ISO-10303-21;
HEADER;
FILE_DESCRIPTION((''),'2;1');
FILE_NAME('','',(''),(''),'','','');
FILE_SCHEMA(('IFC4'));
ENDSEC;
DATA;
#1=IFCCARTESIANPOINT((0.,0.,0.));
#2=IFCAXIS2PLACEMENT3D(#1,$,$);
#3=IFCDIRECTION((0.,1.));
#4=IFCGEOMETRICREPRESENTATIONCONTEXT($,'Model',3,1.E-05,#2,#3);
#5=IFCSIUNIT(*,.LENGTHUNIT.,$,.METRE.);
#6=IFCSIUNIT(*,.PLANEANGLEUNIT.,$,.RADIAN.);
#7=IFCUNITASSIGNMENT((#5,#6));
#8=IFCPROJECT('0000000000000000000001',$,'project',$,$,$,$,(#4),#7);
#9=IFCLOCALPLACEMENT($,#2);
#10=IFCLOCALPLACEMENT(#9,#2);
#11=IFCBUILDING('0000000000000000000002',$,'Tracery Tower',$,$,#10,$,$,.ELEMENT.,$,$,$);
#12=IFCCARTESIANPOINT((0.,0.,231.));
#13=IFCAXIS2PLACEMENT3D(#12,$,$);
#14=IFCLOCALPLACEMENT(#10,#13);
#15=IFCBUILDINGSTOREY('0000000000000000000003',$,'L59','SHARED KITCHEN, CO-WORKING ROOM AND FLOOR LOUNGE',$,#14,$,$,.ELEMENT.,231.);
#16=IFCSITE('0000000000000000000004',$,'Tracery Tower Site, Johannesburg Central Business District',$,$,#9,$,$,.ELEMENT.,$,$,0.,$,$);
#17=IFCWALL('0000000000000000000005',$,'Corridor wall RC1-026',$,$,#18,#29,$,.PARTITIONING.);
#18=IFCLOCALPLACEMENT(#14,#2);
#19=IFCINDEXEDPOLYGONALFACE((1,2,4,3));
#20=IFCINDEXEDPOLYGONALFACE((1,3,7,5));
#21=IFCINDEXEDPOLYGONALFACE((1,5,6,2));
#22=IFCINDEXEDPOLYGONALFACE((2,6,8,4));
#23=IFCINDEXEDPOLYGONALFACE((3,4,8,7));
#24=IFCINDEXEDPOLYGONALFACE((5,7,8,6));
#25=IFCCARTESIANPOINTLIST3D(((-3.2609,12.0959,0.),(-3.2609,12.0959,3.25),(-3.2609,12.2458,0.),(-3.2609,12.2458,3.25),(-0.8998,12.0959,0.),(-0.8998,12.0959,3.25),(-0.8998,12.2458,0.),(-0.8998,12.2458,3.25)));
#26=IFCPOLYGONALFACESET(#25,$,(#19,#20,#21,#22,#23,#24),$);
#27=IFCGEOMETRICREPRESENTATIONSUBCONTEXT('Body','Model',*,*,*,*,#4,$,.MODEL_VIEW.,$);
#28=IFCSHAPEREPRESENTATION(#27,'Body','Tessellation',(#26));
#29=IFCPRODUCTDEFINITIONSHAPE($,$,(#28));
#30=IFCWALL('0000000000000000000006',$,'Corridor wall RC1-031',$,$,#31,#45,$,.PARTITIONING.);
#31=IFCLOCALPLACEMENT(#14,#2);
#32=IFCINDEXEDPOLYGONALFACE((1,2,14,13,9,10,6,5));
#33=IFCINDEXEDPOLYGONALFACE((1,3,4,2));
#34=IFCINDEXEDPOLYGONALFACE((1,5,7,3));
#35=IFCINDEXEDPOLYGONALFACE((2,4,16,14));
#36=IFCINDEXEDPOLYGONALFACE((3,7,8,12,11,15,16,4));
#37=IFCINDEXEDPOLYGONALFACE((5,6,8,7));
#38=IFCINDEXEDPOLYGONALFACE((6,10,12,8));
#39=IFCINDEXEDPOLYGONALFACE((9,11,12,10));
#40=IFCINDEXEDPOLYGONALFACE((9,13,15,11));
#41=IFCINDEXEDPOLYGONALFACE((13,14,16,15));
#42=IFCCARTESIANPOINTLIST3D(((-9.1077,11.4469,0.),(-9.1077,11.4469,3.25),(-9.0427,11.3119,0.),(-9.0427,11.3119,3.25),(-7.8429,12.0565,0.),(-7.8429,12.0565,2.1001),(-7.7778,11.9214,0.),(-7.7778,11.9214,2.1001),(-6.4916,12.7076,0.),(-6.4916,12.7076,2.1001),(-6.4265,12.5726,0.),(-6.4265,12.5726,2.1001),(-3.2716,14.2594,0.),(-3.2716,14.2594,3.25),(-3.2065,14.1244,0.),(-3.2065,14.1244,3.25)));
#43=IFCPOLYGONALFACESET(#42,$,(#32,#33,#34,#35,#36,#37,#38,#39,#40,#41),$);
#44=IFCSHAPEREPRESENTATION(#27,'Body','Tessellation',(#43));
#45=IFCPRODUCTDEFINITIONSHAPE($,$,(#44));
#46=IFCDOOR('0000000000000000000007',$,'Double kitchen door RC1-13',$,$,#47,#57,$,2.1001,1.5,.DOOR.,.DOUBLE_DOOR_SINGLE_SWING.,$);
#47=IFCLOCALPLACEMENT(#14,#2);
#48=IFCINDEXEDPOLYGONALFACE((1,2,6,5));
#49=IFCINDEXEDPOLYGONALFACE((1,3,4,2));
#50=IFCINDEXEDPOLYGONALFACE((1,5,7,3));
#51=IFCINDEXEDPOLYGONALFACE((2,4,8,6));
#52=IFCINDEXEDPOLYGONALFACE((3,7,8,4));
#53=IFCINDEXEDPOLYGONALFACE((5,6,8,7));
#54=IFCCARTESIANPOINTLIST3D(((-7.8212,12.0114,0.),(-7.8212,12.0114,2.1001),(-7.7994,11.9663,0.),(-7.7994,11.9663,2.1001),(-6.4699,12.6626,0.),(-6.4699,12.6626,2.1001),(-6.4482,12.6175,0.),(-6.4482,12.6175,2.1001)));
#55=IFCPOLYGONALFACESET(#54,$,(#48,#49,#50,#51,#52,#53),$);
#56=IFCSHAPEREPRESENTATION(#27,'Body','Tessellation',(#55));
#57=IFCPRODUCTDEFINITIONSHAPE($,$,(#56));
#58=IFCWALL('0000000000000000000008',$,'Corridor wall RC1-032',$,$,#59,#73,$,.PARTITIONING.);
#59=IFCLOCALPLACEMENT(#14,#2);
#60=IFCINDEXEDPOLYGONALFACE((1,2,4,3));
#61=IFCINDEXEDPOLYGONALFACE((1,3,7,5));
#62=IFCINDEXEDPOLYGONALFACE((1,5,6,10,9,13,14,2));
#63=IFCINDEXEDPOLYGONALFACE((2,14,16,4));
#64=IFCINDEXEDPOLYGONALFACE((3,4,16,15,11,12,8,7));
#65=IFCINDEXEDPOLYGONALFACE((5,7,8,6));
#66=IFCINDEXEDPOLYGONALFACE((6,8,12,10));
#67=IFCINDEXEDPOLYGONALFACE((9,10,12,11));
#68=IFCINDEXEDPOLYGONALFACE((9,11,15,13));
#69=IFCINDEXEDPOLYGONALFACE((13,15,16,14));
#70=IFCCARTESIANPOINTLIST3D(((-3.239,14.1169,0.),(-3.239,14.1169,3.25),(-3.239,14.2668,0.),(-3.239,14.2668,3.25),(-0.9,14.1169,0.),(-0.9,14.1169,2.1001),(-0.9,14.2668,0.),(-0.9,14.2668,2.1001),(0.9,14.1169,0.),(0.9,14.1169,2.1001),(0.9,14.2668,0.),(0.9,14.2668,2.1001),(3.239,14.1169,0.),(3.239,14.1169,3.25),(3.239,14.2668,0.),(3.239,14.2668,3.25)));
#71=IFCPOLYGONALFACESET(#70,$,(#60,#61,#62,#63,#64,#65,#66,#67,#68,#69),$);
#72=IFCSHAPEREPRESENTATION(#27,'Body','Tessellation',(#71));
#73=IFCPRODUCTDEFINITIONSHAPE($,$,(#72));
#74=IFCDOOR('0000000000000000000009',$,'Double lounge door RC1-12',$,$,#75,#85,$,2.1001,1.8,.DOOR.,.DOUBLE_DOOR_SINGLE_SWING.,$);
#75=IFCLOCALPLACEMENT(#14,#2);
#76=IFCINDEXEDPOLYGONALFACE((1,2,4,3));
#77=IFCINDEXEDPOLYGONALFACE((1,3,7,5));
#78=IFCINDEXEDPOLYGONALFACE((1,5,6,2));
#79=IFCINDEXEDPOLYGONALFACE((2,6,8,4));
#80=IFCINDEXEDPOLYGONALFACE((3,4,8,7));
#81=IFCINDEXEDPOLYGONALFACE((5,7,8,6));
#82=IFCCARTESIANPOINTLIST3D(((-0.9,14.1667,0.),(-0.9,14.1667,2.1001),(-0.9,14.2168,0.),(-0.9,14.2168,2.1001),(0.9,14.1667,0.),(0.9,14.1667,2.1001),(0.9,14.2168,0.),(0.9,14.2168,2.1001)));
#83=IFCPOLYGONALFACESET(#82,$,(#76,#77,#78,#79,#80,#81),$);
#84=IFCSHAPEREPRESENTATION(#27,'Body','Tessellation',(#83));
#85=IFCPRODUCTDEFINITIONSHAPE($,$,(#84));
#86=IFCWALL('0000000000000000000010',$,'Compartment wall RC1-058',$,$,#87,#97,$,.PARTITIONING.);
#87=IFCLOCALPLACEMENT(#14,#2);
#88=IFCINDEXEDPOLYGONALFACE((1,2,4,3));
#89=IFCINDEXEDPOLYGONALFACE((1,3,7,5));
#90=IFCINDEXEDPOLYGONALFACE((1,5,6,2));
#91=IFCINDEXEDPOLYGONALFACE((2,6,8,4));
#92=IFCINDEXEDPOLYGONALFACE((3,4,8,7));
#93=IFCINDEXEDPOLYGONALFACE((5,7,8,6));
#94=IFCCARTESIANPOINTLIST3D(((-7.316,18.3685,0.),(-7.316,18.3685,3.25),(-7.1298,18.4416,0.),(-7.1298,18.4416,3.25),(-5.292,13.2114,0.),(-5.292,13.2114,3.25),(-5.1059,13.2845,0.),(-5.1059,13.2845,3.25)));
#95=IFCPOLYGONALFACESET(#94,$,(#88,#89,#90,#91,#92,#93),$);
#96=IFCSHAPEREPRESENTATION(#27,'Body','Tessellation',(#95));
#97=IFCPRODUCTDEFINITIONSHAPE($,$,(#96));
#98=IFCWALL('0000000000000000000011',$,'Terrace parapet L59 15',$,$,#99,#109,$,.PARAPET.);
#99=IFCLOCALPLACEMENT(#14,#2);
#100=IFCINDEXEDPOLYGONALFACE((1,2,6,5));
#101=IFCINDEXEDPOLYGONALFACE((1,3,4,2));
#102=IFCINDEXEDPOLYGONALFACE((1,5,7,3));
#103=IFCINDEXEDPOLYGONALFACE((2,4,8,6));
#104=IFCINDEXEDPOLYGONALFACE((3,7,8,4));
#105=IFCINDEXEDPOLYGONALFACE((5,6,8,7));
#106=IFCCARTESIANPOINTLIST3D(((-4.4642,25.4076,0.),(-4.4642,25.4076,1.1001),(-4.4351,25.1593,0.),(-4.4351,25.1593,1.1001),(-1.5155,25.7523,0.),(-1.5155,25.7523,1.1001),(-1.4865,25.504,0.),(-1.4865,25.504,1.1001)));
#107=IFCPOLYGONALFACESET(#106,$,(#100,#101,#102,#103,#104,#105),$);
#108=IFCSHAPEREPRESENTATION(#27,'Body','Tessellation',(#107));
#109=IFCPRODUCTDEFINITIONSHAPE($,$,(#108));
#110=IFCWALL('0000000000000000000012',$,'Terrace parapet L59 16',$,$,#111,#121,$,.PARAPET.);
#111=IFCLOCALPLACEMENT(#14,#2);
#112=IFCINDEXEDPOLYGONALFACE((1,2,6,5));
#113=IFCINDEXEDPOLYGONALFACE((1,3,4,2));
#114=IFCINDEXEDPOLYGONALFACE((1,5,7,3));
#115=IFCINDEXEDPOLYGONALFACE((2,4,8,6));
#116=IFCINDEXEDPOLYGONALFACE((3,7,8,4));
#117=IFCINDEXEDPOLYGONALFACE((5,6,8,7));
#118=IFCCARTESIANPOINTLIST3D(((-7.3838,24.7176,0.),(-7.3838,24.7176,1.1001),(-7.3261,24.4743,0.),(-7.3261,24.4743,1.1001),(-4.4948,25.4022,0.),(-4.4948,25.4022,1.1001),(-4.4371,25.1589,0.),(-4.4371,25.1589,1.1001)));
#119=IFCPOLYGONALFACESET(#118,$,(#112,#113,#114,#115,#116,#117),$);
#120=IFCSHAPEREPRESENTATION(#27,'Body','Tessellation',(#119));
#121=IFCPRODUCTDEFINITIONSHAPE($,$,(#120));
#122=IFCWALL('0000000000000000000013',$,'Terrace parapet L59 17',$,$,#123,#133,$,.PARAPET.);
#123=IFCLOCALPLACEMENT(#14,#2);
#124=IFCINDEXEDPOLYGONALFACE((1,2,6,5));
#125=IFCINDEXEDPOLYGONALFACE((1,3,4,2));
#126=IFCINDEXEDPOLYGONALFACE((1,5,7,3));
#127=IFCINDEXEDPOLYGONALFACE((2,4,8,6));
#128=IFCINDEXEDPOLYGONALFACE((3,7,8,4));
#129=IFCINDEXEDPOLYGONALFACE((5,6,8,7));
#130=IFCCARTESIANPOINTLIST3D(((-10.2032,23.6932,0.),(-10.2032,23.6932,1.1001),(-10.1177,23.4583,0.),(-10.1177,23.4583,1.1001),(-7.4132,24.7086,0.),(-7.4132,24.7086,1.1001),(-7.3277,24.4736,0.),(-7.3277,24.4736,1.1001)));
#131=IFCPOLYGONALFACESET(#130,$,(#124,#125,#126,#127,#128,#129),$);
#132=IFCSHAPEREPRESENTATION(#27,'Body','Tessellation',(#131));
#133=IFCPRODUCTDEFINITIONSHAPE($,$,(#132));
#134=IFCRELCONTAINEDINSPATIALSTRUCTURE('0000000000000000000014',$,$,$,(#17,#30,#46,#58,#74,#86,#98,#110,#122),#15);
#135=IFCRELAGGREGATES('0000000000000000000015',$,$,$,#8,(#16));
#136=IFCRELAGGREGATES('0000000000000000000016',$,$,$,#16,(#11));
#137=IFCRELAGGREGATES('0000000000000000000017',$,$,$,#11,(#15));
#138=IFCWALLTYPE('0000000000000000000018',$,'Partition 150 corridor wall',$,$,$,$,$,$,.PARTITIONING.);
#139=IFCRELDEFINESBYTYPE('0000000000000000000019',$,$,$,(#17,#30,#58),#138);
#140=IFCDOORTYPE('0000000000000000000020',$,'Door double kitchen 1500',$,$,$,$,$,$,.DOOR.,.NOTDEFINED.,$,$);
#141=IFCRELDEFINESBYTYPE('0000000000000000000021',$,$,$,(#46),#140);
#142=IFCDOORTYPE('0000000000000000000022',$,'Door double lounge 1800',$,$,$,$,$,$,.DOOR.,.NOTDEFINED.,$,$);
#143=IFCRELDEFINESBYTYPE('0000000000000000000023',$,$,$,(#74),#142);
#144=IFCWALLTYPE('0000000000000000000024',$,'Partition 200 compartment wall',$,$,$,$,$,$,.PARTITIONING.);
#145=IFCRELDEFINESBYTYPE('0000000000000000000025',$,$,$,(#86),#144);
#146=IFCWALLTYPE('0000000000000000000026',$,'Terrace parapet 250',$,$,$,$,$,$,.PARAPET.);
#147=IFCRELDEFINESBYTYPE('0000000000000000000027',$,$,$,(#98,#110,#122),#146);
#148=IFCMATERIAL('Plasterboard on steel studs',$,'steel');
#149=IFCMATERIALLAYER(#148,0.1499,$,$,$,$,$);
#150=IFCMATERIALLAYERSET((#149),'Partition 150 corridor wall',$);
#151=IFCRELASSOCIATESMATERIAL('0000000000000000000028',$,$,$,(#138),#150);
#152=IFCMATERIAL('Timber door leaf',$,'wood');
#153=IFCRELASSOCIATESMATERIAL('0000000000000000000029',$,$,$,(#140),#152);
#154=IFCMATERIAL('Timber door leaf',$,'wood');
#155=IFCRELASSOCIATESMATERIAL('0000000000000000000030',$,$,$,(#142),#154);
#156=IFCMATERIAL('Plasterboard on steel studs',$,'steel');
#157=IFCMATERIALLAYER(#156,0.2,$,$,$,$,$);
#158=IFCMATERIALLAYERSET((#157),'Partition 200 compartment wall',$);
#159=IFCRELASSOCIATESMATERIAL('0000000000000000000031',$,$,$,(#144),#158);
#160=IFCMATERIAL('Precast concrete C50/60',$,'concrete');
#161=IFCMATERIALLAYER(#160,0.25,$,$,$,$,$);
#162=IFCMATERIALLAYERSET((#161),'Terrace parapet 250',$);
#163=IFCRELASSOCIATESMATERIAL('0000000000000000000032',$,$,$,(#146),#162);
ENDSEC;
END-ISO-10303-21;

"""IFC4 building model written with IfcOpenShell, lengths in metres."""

from ifc_helpers import new_model, si_unit, direction, frame, frame_2d, origin, place, context, subcontext, project, spatial, rectangle, extrude, material, layer, layer_set, type_object, element, fill, save


model = new_model("IFC4")

# Units and contexts
model_context = context("Model", 3, precision=1e-05, world=origin(), true_north=direction((0.0, 1.0)))
body_context = subcontext(model_context, "Body", "Model", "MODEL_VIEW")
ifc_project = project(units=[si_unit("LENGTHUNIT", "METRE"), si_unit("PLANEANGLEUNIT", "RADIAN")], contexts=[model_context])

# Site, building, storey
site_placement = place(None, origin())
site = spatial("IfcSite", under=ifc_project, at=site_placement, Name="Tracery Tower Site, Johannesburg Central Business District", CompositionType="ELEMENT", RefElevation=0.0)
building_placement = place(site_placement, origin())
building = spatial("IfcBuilding", under=site, at=building_placement, Name="Tracery Tower", CompositionType="ELEMENT")
storey_placement = place(building_placement, frame((0.0, 0.0, 231.0)))
storey = spatial("IfcBuildingStorey", under=building, at=storey_placement, Name="L59", Description="SHARED KITCHEN, CO-WORKING ROOM AND FLOOR LOUNGE", CompositionType="ELEMENT", Elevation=231.0)

# Shared definitions
ifc_material_1 = material(Name="Plasterboard on steel studs", Category="steel")
ifc_layer_1 = layer(ifc_material_1, 0.1499)
ifc_layer_set_1 = layer_set([ifc_layer_1], Name="Partition 150 corridor wall")
wall_type_1 = type_object("IfcWallType", Name="Partition 150 corridor wall", PredefinedType="PARTITIONING", material=ifc_layer_set_1)

# Wall
wall_1_placement = place(storey_placement, frame((-3.261, 12.1709, 0.0), z_axis=(0.0, 0.0, 1.0), x_axis=(1.0, 0.0, 0.0)))
element("IfcWall", 1, at=wall_1_placement, inside=storey, type_object=wall_type_1, Name="Corridor wall RC1-026", PredefinedType="PARTITIONING", context=body_context, shape_type="SweptSolid", body=[
    extrude(rectangle(XDim=2.3611, YDim=0.1499, at=frame_2d((1.1807, 0.0))), origin(), (0.0, 0.0, 1.0), 3.25),
])

# Walls, openings, doors
wall_2_placement = place(storey_placement, frame((-9.0752, 11.3794, 0.0), z_axis=(0.0, 0.0, 1.0), x_axis=(0.900852, 0.434127, 0.0)))
wall_2 = element("IfcWall", 2, at=wall_2_placement, inside=storey, type_object=wall_type_1, Name="Corridor wall RC1-031", PredefinedType="PARTITIONING", context=body_context, shape_type="SweptSolid", body=[
    extrude(rectangle(XDim=6.4785, YDim=0.1499, at=frame_2d((3.2393, 0.0))), origin(), (0.0, 0.0, 1.0), 3.25),
])
opening_1_placement = place(wall_2_placement, frame((1.4041, 0.0, 0.0)))
opening_1 = element("IfcOpeningElement", 3, at=opening_1_placement, cuts=wall_2, PredefinedType="OPENING", context=body_context, shape_type="SweptSolid", body=[
    extrude(rectangle(XDim=1.5, YDim=2.1001, at=frame_2d((0.75, 1.05))), frame((0.0, 0.075, 0.0), z_axis=(0.0, -1.0, 0.0), x_axis=(1.0, 0.0, 0.0)), (0.0, 0.0, 1.0), 0.1499),
])
ifc_material_2 = material(Name="Timber door leaf", Category="wood")
door_type_1 = type_object("IfcDoorType", Name="Door double kitchen 1500", OperationType="NOTDEFINED", PredefinedType="DOOR", material=ifc_material_2)
door_1_placement = place(opening_1_placement, origin())
door_1 = element("IfcDoor", 4, at=door_1_placement, inside=storey, type_object=door_type_1, Name="Double kitchen door RC1-13", OperationType="DOUBLE_DOOR_SINGLE_SWING", OverallHeight=2.1001, OverallWidth=1.5, PredefinedType="DOOR", context=body_context, shape_type="SweptSolid", body=[
    extrude(rectangle(XDim=1.5, YDim=2.1001, at=frame_2d((0.75, 1.05))), frame((0.0, 0.0249, 0.0), z_axis=(0.0, -1.0, 0.0), x_axis=(1.0, 0.0, 0.0)), (0.0, 0.0, 1.0), 0.05),
])
fill(opening_1, door_1)
wall_3_placement = place(storey_placement, frame((-3.239, 14.1919, 0.0), z_axis=(0.0, 0.0, 1.0), x_axis=(1.0, 0.0, 0.0)))
wall_3 = element("IfcWall", 5, at=wall_3_placement, inside=storey, type_object=wall_type_1, Name="Corridor wall RC1-032", PredefinedType="PARTITIONING", context=body_context, shape_type="SweptSolid", body=[
    extrude(rectangle(XDim=6.478, YDim=0.1499, at=frame_2d((3.239, 0.0))), origin(), (0.0, 0.0, 1.0), 3.25),
])
opening_2_placement = place(wall_3_placement, frame((2.3391, 0.0, 0.0)))
opening_2 = element("IfcOpeningElement", 6, at=opening_2_placement, cuts=wall_3, PredefinedType="OPENING", context=body_context, shape_type="SweptSolid", body=[
    extrude(rectangle(XDim=1.8, YDim=2.1001, at=frame_2d((0.8999, 1.05))), frame((0.0, 0.075, 0.0), z_axis=(0.0, -1.0, 0.0), x_axis=(1.0, 0.0, 0.0)), (0.0, 0.0, 1.0), 0.1499),
])
ifc_material_3 = material(Name="Timber door leaf", Category="wood")
door_type_2 = type_object("IfcDoorType", Name="Door double lounge 1800", OperationType="NOTDEFINED", PredefinedType="DOOR", material=ifc_material_3)
door_2_placement = place(opening_2_placement, origin())
door_2 = element("IfcDoor", 7, at=door_2_placement, inside=storey, type_object=door_type_2, Name="Double lounge door RC1-12", OperationType="DOUBLE_DOOR_SINGLE_SWING", OverallHeight=2.1001, OverallWidth=1.8, PredefinedType="DOOR", context=body_context, shape_type="SweptSolid", body=[
    extrude(rectangle(XDim=1.8, YDim=2.1001, at=frame_2d((0.8999, 1.05))), frame((0.0, 0.0249, 0.0), z_axis=(0.0, -1.0, 0.0), x_axis=(1.0, 0.0, 0.0)), (0.0, 0.0, 1.0), 0.05),
])
fill(opening_2, door_2)

# Walls
ifc_material_4 = material(Name="Plasterboard on steel studs", Category="steel")
ifc_layer_2 = layer(ifc_material_4, 0.2)
ifc_layer_set_2 = layer_set([ifc_layer_2], Name="Partition 200 compartment wall")
wall_type_2 = type_object("IfcWallType", Name="Partition 200 compartment wall", PredefinedType="PARTITIONING", material=ifc_layer_set_2)
wall_4_placement = place(storey_placement, frame((-7.2229, 18.405, 0.0), z_axis=(0.0, 0.0, 1.0), x_axis=(0.365335, -0.930876, 0.0)))
element("IfcWall", 8, at=wall_4_placement, inside=storey, type_object=wall_type_2, Name="Compartment wall RC1-058", PredefinedType="PARTITIONING", context=body_context, shape_type="SweptSolid", body=[
    extrude(rectangle(XDim=5.54, YDim=0.2, at=frame_2d((2.77, 0.0))), origin(), (0.0, 0.0, 1.0), 3.25),
])
ifc_material_5 = material(Name="Precast concrete C50/60", Category="concrete")
ifc_layer_3 = layer(ifc_material_5, 0.25)
ifc_layer_set_3 = layer_set([ifc_layer_3], Name="Terrace parapet 250")
wall_type_3 = type_object("IfcWallType", Name="Terrace parapet 250", PredefinedType="PARAPET", material=ifc_layer_set_3)
wall_5_placement = place(storey_placement, frame((-1.501, 25.6282, 0.0), z_axis=(0.0, 0.0, 1.0), x_axis=(-0.993236, -0.116116, 0.0)))
element("IfcWall", 9, at=wall_5_placement, inside=storey, type_object=wall_type_3, Name="Terrace parapet L59 15", PredefinedType="PARAPET", context=body_context, shape_type="SweptSolid", body=[
    extrude(rectangle(XDim=2.9688, YDim=0.25, at=frame_2d((1.4844, 0.0))), origin(), (0.0, 0.0, 1.0), 1.1001),
])
for number, where, z_axis, x_axis, name in (
    (10, (-4.4661, 25.2805, 0.0), (0.0, 0.0, 1.0), (-0.973054, -0.230579, 0.0), "Terrace parapet L59 16"),
    (11, (-7.3706, 24.5911, 0.0), (0.0, 0.0, 1.0), (-0.939705, -0.341987, 0.0), "Terrace parapet L59 17"),
):
    element("IfcWall", number, at=place(storey_placement, frame(where, z_axis=z_axis, x_axis=x_axis)), inside=storey, type_object=wall_type_3, Name=name, PredefinedType="PARAPET", context=body_context, shape_type="SweptSolid", body=[
        extrude(rectangle(XDim=2.969, YDim=0.25, at=frame_2d((1.4844, 0.0))), origin(), (0.0, 0.0, 1.0), 1.1001),
    ])

save(model, "model.ifc")
